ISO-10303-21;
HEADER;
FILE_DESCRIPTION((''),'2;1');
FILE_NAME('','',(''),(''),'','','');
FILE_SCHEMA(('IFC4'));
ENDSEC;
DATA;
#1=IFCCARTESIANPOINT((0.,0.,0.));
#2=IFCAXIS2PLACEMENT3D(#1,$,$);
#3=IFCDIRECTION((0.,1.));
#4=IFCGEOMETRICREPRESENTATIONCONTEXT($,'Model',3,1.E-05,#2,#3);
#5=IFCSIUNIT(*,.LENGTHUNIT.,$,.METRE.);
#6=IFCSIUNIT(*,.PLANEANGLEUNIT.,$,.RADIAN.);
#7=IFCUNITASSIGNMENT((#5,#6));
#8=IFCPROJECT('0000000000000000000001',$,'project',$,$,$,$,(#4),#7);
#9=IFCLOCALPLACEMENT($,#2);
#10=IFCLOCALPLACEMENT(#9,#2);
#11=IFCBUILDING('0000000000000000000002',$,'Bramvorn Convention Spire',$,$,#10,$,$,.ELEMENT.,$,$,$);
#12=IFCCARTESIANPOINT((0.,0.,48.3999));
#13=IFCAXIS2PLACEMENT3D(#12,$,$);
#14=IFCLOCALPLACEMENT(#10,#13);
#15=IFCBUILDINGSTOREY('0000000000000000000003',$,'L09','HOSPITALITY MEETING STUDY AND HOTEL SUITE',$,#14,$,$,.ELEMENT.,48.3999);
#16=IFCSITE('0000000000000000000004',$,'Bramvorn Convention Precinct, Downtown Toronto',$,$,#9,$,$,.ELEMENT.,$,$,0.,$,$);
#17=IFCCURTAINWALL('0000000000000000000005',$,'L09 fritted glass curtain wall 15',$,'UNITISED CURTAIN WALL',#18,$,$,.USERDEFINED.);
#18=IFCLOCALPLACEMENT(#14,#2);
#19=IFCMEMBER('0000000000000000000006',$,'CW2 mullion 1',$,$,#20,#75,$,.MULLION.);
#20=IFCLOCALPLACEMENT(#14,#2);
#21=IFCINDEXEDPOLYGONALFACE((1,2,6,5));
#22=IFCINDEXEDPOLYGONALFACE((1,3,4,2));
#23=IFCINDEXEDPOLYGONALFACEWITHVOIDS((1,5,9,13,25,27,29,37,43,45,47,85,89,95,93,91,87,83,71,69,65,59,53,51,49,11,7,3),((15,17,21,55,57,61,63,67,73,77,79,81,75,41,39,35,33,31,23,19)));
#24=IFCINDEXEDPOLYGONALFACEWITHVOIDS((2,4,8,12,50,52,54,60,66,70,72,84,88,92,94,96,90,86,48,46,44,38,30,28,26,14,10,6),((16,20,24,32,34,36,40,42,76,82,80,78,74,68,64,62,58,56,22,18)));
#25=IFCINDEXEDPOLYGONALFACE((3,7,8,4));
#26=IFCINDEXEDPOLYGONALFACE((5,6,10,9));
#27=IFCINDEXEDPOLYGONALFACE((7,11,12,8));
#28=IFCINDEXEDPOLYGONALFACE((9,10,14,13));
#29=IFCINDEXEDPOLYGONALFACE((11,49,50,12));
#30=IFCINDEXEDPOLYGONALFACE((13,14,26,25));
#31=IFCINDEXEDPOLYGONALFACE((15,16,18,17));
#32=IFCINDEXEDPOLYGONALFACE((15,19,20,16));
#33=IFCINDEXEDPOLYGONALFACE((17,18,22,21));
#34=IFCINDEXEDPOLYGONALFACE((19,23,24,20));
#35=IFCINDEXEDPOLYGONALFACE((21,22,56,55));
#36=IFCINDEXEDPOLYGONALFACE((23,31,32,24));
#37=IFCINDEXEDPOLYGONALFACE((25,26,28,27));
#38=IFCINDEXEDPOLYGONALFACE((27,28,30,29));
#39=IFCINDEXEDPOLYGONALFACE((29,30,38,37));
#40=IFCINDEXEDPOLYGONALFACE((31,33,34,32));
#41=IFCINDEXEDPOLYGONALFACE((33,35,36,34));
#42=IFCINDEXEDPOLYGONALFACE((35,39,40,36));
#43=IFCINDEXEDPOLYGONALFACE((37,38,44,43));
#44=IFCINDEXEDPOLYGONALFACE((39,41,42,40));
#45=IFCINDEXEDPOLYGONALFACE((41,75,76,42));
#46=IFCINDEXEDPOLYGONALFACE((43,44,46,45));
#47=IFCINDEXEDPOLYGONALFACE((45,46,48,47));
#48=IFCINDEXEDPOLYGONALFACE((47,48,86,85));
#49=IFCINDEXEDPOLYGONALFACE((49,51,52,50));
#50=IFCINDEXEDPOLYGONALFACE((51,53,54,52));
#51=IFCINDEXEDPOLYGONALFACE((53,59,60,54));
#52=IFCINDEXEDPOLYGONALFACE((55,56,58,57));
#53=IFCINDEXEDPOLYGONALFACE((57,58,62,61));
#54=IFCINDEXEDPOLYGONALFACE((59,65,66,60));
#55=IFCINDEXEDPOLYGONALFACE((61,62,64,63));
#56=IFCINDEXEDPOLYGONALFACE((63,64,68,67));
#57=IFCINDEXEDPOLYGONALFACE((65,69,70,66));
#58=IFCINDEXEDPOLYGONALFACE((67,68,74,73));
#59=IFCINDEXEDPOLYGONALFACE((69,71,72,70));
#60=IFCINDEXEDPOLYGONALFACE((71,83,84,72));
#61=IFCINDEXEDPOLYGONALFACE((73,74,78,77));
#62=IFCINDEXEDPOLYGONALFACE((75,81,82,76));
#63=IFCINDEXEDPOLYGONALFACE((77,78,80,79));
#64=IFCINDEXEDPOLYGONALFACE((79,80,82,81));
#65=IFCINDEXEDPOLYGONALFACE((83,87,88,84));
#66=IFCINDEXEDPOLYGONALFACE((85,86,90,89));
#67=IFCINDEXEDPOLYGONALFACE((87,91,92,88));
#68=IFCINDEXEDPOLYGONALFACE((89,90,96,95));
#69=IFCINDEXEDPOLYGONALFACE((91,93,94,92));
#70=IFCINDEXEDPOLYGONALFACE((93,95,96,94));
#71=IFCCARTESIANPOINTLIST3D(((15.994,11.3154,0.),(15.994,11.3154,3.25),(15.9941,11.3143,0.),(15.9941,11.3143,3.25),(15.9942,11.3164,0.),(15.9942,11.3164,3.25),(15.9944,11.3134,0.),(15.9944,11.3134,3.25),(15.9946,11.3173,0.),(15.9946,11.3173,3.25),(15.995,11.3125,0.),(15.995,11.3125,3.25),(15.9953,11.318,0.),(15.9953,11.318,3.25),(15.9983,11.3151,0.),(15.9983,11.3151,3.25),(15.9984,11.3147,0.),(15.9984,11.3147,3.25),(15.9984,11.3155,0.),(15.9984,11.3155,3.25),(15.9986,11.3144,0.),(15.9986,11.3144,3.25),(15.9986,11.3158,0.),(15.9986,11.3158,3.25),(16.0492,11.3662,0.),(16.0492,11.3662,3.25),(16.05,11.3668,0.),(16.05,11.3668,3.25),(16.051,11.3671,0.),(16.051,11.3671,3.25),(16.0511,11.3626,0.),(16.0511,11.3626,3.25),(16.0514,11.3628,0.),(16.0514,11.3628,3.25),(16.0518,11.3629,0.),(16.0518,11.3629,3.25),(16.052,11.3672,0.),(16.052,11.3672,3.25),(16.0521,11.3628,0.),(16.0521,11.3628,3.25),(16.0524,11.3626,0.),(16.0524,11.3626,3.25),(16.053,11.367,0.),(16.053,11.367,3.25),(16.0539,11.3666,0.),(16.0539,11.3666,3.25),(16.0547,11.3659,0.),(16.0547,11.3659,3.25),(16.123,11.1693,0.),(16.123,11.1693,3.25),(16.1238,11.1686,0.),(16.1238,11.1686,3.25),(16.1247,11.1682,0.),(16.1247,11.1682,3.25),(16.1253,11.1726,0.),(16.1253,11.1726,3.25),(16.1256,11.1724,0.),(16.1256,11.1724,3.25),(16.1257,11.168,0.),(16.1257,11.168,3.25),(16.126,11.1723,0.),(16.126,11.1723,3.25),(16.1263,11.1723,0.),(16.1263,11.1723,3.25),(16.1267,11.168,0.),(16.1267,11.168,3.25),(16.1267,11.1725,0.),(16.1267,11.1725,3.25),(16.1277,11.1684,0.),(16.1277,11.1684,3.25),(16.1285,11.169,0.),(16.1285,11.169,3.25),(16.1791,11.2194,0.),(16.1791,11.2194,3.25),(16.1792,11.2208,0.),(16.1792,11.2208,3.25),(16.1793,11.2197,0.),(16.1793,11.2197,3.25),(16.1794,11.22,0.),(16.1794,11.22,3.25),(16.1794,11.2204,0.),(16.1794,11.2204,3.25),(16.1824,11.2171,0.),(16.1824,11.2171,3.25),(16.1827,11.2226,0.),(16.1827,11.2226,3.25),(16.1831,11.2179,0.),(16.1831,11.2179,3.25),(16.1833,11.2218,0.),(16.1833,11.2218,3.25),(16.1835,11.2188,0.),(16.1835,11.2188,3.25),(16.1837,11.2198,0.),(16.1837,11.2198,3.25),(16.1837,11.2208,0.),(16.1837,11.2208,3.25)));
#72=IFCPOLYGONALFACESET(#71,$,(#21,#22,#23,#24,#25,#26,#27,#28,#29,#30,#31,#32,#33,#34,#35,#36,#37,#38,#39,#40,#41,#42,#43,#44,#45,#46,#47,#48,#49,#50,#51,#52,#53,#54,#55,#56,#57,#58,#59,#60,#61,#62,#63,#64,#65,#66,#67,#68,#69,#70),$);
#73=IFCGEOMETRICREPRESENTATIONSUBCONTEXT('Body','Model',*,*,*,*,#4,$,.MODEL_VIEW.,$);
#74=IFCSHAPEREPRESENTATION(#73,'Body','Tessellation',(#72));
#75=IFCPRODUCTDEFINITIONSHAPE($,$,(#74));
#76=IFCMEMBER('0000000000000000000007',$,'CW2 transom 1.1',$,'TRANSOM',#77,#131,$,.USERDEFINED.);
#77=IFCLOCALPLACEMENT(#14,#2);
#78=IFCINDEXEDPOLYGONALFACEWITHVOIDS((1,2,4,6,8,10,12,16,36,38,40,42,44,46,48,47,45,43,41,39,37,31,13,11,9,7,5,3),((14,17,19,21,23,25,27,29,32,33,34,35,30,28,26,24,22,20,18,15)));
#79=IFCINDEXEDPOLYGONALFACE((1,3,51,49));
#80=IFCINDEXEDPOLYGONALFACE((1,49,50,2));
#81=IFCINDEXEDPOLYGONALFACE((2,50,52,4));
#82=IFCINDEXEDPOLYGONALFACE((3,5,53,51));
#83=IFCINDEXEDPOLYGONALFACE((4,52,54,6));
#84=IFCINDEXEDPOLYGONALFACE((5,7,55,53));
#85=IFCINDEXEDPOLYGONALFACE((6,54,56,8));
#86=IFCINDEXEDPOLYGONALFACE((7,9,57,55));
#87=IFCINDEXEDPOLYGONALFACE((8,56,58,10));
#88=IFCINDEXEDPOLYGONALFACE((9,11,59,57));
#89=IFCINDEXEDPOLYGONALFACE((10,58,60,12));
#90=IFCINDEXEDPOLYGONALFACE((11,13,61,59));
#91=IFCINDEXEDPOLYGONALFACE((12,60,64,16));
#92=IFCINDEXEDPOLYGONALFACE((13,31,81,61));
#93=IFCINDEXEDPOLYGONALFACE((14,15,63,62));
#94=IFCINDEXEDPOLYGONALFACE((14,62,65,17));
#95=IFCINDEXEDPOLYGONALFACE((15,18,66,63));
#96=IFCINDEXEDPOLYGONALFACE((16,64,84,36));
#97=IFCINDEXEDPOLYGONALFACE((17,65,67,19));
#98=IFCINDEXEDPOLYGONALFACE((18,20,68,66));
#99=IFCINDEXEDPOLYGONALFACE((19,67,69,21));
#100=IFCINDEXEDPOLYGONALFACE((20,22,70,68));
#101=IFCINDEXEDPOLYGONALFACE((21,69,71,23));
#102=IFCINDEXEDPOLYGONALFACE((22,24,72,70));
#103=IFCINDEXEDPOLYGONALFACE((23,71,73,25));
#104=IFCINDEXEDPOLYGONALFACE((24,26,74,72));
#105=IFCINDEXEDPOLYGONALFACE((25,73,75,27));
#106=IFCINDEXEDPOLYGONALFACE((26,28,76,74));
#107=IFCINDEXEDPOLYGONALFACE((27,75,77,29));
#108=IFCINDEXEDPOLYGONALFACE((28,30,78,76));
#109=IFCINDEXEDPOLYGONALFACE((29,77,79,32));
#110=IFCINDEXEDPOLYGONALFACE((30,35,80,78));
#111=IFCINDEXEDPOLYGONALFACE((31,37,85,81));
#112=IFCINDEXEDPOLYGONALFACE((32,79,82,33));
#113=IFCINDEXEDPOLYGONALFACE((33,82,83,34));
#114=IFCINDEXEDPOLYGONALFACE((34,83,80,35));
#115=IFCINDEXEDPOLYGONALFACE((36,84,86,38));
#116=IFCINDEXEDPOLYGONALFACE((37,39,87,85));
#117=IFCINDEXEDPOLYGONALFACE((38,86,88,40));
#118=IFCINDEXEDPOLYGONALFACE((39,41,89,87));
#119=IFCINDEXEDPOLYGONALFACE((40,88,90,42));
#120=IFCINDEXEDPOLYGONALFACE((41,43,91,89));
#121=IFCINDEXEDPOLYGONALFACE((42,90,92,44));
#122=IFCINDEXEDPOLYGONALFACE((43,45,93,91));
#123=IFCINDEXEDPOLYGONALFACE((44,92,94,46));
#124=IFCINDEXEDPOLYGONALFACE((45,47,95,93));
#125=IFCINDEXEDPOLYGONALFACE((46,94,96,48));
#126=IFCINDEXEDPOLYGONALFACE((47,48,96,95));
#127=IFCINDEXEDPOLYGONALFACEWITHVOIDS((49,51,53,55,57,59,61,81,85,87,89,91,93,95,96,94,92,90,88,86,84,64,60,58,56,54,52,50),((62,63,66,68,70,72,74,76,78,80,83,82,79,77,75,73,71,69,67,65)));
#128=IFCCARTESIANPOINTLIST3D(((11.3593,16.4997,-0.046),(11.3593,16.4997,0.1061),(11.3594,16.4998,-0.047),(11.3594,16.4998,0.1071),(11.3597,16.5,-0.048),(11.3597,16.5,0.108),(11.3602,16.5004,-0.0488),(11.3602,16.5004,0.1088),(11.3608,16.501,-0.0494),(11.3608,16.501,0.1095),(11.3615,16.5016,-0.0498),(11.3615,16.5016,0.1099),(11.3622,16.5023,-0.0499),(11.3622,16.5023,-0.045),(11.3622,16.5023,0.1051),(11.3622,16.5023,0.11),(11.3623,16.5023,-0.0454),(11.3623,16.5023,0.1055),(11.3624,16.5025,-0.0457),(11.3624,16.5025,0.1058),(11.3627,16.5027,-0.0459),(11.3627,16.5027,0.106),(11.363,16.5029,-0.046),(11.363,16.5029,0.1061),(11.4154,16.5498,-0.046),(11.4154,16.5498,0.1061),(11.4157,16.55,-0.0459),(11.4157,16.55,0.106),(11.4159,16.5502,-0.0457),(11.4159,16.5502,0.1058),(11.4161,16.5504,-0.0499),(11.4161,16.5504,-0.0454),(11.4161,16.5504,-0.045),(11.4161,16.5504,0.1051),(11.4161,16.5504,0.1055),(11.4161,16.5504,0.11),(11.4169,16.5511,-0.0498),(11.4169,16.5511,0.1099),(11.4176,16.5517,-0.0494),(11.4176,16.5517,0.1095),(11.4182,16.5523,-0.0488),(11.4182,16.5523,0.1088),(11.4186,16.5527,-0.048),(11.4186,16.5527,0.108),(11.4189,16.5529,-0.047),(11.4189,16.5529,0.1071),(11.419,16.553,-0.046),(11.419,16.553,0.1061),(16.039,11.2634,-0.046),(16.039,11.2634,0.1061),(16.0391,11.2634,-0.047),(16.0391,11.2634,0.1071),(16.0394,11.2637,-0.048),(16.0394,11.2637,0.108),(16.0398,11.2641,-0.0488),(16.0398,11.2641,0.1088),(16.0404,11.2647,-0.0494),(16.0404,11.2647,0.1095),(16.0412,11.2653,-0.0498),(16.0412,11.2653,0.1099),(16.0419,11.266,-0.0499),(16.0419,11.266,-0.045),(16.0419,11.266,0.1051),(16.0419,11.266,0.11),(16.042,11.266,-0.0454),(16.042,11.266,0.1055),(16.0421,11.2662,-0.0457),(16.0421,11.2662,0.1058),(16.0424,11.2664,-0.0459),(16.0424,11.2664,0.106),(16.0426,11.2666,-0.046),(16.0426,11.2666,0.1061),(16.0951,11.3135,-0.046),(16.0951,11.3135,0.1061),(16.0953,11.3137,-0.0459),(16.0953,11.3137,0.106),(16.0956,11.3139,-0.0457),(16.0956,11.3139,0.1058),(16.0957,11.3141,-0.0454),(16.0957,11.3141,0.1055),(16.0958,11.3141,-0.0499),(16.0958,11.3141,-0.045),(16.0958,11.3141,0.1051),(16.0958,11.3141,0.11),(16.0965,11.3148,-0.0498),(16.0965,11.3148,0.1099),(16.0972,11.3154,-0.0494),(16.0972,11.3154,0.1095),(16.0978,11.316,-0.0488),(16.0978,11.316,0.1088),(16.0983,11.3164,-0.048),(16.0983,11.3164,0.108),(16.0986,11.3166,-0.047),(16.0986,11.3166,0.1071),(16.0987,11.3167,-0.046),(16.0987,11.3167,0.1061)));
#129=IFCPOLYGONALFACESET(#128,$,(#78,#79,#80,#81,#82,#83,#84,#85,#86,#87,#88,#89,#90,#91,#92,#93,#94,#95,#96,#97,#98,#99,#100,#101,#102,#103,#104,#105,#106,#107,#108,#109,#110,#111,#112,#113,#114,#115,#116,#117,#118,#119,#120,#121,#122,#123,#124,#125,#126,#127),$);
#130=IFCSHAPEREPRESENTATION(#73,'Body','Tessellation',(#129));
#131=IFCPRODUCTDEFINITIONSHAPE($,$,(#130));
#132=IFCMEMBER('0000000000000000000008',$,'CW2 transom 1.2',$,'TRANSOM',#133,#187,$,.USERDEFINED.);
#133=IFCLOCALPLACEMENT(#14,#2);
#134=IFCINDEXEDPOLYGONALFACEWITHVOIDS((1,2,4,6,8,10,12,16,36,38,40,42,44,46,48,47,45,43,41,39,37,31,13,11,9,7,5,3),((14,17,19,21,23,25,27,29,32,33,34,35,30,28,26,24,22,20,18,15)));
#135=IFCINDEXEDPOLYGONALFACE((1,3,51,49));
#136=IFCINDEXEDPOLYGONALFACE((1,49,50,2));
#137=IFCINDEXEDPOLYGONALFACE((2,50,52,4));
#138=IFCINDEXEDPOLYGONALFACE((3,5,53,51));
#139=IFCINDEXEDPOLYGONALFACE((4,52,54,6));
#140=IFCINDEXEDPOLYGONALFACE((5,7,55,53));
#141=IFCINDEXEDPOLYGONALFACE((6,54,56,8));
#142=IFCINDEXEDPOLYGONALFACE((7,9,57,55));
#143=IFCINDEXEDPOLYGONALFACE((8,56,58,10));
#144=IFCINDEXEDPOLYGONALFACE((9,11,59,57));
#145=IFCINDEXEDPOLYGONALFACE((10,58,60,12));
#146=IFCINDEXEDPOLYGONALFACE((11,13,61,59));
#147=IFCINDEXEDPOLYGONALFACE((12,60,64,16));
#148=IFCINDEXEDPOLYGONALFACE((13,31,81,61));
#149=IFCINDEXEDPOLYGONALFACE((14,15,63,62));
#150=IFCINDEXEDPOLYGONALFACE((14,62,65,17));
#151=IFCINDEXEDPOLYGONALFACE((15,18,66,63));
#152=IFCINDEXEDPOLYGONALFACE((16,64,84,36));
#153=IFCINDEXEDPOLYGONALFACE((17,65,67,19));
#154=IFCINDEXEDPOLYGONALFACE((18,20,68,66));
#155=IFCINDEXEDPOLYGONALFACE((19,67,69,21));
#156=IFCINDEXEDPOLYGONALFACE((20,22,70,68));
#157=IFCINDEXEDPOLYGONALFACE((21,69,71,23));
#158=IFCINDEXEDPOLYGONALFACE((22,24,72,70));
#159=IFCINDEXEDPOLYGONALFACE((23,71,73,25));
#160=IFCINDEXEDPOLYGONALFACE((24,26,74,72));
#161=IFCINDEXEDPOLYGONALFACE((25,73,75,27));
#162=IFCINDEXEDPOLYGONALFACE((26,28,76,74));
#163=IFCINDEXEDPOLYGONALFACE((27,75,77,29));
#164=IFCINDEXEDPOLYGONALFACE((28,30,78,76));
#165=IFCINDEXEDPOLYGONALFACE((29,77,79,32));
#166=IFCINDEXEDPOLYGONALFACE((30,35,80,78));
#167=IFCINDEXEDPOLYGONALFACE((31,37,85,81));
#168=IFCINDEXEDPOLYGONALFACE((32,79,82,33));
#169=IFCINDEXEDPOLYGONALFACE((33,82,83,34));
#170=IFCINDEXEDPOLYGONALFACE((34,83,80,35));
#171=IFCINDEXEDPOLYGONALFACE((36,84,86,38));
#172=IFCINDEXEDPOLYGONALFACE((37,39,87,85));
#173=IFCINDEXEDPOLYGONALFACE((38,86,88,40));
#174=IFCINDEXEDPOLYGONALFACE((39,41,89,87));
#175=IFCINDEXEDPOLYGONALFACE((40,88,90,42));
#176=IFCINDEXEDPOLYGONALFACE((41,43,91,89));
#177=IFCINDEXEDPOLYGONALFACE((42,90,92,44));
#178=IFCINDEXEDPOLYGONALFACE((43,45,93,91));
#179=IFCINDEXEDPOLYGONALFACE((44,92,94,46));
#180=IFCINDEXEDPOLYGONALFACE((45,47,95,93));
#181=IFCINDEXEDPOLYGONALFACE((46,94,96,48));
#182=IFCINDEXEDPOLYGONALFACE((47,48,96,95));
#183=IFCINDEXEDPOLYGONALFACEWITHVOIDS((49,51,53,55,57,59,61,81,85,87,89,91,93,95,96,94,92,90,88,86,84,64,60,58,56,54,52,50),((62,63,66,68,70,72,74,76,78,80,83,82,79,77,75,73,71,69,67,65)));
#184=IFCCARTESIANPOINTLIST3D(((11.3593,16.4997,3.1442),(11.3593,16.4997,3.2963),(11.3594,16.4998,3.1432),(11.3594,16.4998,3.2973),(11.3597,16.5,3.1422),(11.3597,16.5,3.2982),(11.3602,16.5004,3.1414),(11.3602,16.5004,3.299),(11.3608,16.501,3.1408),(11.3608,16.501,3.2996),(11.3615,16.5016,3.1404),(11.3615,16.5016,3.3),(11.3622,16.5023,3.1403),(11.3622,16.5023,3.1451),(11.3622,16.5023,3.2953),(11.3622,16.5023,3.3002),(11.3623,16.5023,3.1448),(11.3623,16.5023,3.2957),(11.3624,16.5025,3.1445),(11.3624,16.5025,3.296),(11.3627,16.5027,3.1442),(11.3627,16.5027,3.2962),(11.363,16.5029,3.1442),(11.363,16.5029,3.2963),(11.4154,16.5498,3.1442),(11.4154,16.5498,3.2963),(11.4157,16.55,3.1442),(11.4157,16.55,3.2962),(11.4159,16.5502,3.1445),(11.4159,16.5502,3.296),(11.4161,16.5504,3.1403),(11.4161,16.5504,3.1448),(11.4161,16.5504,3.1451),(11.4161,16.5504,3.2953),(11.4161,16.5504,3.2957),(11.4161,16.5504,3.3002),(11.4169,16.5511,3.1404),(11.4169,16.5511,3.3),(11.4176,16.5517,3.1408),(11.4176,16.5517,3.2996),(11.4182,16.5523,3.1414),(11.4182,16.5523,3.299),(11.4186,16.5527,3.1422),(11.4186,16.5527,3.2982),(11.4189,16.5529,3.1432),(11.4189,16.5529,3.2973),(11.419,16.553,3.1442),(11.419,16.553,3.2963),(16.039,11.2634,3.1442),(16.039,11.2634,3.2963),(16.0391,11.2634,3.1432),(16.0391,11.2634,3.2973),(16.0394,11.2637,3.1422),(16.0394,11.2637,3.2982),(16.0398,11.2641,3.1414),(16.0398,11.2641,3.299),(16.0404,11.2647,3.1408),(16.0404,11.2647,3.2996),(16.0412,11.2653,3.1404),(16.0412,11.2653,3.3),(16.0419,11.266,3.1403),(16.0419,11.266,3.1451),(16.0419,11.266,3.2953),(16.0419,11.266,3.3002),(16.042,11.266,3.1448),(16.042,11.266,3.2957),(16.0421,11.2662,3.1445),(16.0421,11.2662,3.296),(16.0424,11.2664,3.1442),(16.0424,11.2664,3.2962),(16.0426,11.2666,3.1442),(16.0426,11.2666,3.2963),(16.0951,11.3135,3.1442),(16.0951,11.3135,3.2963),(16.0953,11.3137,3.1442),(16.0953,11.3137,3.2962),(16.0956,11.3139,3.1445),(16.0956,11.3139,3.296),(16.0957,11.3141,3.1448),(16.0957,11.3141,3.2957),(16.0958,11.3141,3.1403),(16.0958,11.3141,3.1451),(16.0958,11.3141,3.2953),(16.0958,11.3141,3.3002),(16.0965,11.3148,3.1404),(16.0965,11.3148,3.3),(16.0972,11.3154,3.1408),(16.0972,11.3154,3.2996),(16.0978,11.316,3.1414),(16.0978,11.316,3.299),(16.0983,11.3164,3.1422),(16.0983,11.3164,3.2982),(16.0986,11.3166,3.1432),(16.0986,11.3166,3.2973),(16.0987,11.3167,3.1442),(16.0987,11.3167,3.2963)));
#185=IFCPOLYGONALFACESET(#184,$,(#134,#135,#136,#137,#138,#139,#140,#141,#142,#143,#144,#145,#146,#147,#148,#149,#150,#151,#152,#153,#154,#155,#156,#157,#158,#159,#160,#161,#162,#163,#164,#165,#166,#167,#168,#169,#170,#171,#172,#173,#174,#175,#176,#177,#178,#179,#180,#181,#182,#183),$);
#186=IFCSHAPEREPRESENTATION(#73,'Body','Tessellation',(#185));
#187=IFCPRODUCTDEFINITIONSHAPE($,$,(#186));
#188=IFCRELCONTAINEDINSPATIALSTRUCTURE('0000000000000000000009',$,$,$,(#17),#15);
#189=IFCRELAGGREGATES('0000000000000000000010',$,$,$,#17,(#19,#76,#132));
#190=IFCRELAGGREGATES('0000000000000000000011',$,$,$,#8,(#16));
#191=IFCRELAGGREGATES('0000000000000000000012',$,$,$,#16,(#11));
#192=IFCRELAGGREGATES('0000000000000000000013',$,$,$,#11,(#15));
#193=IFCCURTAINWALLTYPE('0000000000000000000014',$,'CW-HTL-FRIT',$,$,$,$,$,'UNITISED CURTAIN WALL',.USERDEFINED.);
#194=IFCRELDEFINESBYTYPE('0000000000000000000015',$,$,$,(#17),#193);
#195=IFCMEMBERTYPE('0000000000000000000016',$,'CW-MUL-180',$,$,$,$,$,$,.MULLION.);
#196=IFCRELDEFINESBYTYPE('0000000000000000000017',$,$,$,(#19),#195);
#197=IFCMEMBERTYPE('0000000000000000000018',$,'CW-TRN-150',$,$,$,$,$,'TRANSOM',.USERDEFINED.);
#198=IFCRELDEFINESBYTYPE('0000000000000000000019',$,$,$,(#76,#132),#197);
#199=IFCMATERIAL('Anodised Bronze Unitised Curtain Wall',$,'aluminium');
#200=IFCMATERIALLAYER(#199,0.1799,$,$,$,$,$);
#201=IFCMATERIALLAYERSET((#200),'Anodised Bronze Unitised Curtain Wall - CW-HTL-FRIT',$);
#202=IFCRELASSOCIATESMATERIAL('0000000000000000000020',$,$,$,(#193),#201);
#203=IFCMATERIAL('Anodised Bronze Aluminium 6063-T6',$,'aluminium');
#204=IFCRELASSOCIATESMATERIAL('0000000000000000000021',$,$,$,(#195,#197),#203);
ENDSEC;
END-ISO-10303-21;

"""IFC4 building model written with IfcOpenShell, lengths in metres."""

from ifc_helpers import new_model, si_unit, direction, frame, origin, origin_2d, place, context, subcontext, project, spatial, hollow_rectangle, extrude, material, layer, layer_set, material_profile, profile_set, type_object, element, aggregate, save


model = new_model("IFC4")

# Units and contexts
model_context = context("Model", 3, precision=1e-05, world=origin(), true_north=direction((0.0, 1.0)))
body_context = subcontext(model_context, "Body", "Model", "MODEL_VIEW")
ifc_project = project(units=[si_unit("LENGTHUNIT", "METRE"), si_unit("PLANEANGLEUNIT", "RADIAN")], contexts=[model_context])

# Site, building, storey
site_placement = place(None, origin())
site = spatial("IfcSite", under=ifc_project, at=site_placement, Name="Bramvorn Convention Precinct, Downtown Toronto", CompositionType="ELEMENT", RefElevation=0.0)
building_placement = place(site_placement, origin())
building = spatial("IfcBuilding", under=site, at=building_placement, Name="Bramvorn Convention Spire", CompositionType="ELEMENT")
storey_placement = place(building_placement, frame((0.0, 0.0, 48.3999)))
storey = spatial("IfcBuildingStorey", under=building, at=storey_placement, Name="L09", Description="HOSPITALITY MEETING STUDY AND HOTEL SUITE", CompositionType="ELEMENT", Elevation=48.3999)

# Curtain wall, members
ifc_material_1 = material(Name="Anodised Bronze Unitised Curtain Wall", Category="aluminium")
ifc_layer_1 = layer(ifc_material_1, 0.1799)
ifc_layer_set_1 = layer_set([ifc_layer_1], Name="Anodised Bronze Unitised Curtain Wall - CW-HTL-FRIT")
curtain_wall_type = type_object("IfcCurtainWallType", Name="CW-HTL-FRIT", ElementType="UNITISED CURTAIN WALL", PredefinedType="USERDEFINED", material=ifc_layer_set_1)
curtain_wall_placement = place(storey_placement, origin())
curtain_wall = element("IfcCurtainWall", 1, at=curtain_wall_placement, inside=storey, type_object=curtain_wall_type, Name="L09 fritted glass curtain wall 15", ObjectType="UNITISED CURTAIN WALL", PredefinedType="USERDEFINED")
ifc_material_2 = material(Name="Anodised Bronze Aluminium 6063-T6", Category="aluminium")
ifc_material_profile_1 = material_profile(ifc_material_2, hollow_rectangle(XDim=0.0801, YDim=0.2, WallThickness=0.0039, InnerFilletRadius=0.001, OuterFilletRadius=0.0039, at=origin_2d()))
ifc_profile_set_1 = profile_set([ifc_material_profile_1], Name="Anodised Bronze Aluminium 6063-T6 - CWM80X200")
member_type_1 = type_object("IfcMemberType", Name="CW-MUL-180", PredefinedType="MULLION", material=ifc_profile_set_1)
member_1_placement = place(storey_placement, frame((16.0889, 11.2676, 0.0), z_axis=(0.0, 0.0, 1.0), x_axis=(-0.745622, -0.666369, 0.0)))
member_1 = element("IfcMember", 2, at=member_1_placement, type_object=member_type_1, Name="CW2 mullion 1", PredefinedType="MULLION", context=body_context, shape_type="SweptSolid", body=[
    extrude(hollow_rectangle(XDim=0.0801, YDim=0.2, WallThickness=0.0039, InnerFilletRadius=0.001, OuterFilletRadius=0.0039, at=origin_2d()), origin(), (0.0, 0.0, 1.0), 3.25),
])
ifc_material_profile_2 = material_profile(ifc_material_2, hollow_rectangle(XDim=0.0801, YDim=0.1599, WallThickness=0.0039, InnerFilletRadius=0.001, OuterFilletRadius=0.0039, at=origin_2d()))
ifc_profile_set_2 = profile_set([ifc_material_profile_2], Name="Anodised Bronze Aluminium 6063-T6 - CWT80X160")
member_type_2 = type_object("IfcMemberType", Name="CW-TRN-150", ElementType="TRANSOM", PredefinedType="USERDEFINED", material=ifc_profile_set_2)
member_2_placement = place(storey_placement, frame((16.0688, 11.29, 0.03), z_axis=(-0.666364, 0.745627, 0.0), x_axis=(-0.745627, -0.666364, 0.0)))
member_2 = element("IfcMember", 3, at=member_2_placement, type_object=member_type_2, Name="CW2 transom 1.1", ObjectType="TRANSOM", PredefinedType="USERDEFINED", context=body_context, shape_type="SweptSolid", body=[
    extrude(hollow_rectangle(XDim=0.0801, YDim=0.1599, WallThickness=0.0039, InnerFilletRadius=0.001, OuterFilletRadius=0.0039, at=origin_2d()), origin(), (0.0, 0.0, 1.0), 7.0227),
])
member_3_placement = place(storey_placement, frame((16.0688, 11.29, 3.2202), z_axis=(-0.666364, 0.745627, 0.0), x_axis=(-0.745627, -0.666364, 0.0)))
member_3 = element("IfcMember", 4, at=member_3_placement, type_object=member_type_2, Name="CW2 transom 1.2", ObjectType="TRANSOM", PredefinedType="USERDEFINED", context=body_context, shape_type="SweptSolid", body=[
    extrude(hollow_rectangle(XDim=0.0801, YDim=0.1599, WallThickness=0.0039, InnerFilletRadius=0.001, OuterFilletRadius=0.0039, at=origin_2d()), origin(), (0.0, 0.0, 1.0), 7.0227),
])

aggregate(curtain_wall, [member_1, member_2, member_3])

save(model, "model.ifc")
